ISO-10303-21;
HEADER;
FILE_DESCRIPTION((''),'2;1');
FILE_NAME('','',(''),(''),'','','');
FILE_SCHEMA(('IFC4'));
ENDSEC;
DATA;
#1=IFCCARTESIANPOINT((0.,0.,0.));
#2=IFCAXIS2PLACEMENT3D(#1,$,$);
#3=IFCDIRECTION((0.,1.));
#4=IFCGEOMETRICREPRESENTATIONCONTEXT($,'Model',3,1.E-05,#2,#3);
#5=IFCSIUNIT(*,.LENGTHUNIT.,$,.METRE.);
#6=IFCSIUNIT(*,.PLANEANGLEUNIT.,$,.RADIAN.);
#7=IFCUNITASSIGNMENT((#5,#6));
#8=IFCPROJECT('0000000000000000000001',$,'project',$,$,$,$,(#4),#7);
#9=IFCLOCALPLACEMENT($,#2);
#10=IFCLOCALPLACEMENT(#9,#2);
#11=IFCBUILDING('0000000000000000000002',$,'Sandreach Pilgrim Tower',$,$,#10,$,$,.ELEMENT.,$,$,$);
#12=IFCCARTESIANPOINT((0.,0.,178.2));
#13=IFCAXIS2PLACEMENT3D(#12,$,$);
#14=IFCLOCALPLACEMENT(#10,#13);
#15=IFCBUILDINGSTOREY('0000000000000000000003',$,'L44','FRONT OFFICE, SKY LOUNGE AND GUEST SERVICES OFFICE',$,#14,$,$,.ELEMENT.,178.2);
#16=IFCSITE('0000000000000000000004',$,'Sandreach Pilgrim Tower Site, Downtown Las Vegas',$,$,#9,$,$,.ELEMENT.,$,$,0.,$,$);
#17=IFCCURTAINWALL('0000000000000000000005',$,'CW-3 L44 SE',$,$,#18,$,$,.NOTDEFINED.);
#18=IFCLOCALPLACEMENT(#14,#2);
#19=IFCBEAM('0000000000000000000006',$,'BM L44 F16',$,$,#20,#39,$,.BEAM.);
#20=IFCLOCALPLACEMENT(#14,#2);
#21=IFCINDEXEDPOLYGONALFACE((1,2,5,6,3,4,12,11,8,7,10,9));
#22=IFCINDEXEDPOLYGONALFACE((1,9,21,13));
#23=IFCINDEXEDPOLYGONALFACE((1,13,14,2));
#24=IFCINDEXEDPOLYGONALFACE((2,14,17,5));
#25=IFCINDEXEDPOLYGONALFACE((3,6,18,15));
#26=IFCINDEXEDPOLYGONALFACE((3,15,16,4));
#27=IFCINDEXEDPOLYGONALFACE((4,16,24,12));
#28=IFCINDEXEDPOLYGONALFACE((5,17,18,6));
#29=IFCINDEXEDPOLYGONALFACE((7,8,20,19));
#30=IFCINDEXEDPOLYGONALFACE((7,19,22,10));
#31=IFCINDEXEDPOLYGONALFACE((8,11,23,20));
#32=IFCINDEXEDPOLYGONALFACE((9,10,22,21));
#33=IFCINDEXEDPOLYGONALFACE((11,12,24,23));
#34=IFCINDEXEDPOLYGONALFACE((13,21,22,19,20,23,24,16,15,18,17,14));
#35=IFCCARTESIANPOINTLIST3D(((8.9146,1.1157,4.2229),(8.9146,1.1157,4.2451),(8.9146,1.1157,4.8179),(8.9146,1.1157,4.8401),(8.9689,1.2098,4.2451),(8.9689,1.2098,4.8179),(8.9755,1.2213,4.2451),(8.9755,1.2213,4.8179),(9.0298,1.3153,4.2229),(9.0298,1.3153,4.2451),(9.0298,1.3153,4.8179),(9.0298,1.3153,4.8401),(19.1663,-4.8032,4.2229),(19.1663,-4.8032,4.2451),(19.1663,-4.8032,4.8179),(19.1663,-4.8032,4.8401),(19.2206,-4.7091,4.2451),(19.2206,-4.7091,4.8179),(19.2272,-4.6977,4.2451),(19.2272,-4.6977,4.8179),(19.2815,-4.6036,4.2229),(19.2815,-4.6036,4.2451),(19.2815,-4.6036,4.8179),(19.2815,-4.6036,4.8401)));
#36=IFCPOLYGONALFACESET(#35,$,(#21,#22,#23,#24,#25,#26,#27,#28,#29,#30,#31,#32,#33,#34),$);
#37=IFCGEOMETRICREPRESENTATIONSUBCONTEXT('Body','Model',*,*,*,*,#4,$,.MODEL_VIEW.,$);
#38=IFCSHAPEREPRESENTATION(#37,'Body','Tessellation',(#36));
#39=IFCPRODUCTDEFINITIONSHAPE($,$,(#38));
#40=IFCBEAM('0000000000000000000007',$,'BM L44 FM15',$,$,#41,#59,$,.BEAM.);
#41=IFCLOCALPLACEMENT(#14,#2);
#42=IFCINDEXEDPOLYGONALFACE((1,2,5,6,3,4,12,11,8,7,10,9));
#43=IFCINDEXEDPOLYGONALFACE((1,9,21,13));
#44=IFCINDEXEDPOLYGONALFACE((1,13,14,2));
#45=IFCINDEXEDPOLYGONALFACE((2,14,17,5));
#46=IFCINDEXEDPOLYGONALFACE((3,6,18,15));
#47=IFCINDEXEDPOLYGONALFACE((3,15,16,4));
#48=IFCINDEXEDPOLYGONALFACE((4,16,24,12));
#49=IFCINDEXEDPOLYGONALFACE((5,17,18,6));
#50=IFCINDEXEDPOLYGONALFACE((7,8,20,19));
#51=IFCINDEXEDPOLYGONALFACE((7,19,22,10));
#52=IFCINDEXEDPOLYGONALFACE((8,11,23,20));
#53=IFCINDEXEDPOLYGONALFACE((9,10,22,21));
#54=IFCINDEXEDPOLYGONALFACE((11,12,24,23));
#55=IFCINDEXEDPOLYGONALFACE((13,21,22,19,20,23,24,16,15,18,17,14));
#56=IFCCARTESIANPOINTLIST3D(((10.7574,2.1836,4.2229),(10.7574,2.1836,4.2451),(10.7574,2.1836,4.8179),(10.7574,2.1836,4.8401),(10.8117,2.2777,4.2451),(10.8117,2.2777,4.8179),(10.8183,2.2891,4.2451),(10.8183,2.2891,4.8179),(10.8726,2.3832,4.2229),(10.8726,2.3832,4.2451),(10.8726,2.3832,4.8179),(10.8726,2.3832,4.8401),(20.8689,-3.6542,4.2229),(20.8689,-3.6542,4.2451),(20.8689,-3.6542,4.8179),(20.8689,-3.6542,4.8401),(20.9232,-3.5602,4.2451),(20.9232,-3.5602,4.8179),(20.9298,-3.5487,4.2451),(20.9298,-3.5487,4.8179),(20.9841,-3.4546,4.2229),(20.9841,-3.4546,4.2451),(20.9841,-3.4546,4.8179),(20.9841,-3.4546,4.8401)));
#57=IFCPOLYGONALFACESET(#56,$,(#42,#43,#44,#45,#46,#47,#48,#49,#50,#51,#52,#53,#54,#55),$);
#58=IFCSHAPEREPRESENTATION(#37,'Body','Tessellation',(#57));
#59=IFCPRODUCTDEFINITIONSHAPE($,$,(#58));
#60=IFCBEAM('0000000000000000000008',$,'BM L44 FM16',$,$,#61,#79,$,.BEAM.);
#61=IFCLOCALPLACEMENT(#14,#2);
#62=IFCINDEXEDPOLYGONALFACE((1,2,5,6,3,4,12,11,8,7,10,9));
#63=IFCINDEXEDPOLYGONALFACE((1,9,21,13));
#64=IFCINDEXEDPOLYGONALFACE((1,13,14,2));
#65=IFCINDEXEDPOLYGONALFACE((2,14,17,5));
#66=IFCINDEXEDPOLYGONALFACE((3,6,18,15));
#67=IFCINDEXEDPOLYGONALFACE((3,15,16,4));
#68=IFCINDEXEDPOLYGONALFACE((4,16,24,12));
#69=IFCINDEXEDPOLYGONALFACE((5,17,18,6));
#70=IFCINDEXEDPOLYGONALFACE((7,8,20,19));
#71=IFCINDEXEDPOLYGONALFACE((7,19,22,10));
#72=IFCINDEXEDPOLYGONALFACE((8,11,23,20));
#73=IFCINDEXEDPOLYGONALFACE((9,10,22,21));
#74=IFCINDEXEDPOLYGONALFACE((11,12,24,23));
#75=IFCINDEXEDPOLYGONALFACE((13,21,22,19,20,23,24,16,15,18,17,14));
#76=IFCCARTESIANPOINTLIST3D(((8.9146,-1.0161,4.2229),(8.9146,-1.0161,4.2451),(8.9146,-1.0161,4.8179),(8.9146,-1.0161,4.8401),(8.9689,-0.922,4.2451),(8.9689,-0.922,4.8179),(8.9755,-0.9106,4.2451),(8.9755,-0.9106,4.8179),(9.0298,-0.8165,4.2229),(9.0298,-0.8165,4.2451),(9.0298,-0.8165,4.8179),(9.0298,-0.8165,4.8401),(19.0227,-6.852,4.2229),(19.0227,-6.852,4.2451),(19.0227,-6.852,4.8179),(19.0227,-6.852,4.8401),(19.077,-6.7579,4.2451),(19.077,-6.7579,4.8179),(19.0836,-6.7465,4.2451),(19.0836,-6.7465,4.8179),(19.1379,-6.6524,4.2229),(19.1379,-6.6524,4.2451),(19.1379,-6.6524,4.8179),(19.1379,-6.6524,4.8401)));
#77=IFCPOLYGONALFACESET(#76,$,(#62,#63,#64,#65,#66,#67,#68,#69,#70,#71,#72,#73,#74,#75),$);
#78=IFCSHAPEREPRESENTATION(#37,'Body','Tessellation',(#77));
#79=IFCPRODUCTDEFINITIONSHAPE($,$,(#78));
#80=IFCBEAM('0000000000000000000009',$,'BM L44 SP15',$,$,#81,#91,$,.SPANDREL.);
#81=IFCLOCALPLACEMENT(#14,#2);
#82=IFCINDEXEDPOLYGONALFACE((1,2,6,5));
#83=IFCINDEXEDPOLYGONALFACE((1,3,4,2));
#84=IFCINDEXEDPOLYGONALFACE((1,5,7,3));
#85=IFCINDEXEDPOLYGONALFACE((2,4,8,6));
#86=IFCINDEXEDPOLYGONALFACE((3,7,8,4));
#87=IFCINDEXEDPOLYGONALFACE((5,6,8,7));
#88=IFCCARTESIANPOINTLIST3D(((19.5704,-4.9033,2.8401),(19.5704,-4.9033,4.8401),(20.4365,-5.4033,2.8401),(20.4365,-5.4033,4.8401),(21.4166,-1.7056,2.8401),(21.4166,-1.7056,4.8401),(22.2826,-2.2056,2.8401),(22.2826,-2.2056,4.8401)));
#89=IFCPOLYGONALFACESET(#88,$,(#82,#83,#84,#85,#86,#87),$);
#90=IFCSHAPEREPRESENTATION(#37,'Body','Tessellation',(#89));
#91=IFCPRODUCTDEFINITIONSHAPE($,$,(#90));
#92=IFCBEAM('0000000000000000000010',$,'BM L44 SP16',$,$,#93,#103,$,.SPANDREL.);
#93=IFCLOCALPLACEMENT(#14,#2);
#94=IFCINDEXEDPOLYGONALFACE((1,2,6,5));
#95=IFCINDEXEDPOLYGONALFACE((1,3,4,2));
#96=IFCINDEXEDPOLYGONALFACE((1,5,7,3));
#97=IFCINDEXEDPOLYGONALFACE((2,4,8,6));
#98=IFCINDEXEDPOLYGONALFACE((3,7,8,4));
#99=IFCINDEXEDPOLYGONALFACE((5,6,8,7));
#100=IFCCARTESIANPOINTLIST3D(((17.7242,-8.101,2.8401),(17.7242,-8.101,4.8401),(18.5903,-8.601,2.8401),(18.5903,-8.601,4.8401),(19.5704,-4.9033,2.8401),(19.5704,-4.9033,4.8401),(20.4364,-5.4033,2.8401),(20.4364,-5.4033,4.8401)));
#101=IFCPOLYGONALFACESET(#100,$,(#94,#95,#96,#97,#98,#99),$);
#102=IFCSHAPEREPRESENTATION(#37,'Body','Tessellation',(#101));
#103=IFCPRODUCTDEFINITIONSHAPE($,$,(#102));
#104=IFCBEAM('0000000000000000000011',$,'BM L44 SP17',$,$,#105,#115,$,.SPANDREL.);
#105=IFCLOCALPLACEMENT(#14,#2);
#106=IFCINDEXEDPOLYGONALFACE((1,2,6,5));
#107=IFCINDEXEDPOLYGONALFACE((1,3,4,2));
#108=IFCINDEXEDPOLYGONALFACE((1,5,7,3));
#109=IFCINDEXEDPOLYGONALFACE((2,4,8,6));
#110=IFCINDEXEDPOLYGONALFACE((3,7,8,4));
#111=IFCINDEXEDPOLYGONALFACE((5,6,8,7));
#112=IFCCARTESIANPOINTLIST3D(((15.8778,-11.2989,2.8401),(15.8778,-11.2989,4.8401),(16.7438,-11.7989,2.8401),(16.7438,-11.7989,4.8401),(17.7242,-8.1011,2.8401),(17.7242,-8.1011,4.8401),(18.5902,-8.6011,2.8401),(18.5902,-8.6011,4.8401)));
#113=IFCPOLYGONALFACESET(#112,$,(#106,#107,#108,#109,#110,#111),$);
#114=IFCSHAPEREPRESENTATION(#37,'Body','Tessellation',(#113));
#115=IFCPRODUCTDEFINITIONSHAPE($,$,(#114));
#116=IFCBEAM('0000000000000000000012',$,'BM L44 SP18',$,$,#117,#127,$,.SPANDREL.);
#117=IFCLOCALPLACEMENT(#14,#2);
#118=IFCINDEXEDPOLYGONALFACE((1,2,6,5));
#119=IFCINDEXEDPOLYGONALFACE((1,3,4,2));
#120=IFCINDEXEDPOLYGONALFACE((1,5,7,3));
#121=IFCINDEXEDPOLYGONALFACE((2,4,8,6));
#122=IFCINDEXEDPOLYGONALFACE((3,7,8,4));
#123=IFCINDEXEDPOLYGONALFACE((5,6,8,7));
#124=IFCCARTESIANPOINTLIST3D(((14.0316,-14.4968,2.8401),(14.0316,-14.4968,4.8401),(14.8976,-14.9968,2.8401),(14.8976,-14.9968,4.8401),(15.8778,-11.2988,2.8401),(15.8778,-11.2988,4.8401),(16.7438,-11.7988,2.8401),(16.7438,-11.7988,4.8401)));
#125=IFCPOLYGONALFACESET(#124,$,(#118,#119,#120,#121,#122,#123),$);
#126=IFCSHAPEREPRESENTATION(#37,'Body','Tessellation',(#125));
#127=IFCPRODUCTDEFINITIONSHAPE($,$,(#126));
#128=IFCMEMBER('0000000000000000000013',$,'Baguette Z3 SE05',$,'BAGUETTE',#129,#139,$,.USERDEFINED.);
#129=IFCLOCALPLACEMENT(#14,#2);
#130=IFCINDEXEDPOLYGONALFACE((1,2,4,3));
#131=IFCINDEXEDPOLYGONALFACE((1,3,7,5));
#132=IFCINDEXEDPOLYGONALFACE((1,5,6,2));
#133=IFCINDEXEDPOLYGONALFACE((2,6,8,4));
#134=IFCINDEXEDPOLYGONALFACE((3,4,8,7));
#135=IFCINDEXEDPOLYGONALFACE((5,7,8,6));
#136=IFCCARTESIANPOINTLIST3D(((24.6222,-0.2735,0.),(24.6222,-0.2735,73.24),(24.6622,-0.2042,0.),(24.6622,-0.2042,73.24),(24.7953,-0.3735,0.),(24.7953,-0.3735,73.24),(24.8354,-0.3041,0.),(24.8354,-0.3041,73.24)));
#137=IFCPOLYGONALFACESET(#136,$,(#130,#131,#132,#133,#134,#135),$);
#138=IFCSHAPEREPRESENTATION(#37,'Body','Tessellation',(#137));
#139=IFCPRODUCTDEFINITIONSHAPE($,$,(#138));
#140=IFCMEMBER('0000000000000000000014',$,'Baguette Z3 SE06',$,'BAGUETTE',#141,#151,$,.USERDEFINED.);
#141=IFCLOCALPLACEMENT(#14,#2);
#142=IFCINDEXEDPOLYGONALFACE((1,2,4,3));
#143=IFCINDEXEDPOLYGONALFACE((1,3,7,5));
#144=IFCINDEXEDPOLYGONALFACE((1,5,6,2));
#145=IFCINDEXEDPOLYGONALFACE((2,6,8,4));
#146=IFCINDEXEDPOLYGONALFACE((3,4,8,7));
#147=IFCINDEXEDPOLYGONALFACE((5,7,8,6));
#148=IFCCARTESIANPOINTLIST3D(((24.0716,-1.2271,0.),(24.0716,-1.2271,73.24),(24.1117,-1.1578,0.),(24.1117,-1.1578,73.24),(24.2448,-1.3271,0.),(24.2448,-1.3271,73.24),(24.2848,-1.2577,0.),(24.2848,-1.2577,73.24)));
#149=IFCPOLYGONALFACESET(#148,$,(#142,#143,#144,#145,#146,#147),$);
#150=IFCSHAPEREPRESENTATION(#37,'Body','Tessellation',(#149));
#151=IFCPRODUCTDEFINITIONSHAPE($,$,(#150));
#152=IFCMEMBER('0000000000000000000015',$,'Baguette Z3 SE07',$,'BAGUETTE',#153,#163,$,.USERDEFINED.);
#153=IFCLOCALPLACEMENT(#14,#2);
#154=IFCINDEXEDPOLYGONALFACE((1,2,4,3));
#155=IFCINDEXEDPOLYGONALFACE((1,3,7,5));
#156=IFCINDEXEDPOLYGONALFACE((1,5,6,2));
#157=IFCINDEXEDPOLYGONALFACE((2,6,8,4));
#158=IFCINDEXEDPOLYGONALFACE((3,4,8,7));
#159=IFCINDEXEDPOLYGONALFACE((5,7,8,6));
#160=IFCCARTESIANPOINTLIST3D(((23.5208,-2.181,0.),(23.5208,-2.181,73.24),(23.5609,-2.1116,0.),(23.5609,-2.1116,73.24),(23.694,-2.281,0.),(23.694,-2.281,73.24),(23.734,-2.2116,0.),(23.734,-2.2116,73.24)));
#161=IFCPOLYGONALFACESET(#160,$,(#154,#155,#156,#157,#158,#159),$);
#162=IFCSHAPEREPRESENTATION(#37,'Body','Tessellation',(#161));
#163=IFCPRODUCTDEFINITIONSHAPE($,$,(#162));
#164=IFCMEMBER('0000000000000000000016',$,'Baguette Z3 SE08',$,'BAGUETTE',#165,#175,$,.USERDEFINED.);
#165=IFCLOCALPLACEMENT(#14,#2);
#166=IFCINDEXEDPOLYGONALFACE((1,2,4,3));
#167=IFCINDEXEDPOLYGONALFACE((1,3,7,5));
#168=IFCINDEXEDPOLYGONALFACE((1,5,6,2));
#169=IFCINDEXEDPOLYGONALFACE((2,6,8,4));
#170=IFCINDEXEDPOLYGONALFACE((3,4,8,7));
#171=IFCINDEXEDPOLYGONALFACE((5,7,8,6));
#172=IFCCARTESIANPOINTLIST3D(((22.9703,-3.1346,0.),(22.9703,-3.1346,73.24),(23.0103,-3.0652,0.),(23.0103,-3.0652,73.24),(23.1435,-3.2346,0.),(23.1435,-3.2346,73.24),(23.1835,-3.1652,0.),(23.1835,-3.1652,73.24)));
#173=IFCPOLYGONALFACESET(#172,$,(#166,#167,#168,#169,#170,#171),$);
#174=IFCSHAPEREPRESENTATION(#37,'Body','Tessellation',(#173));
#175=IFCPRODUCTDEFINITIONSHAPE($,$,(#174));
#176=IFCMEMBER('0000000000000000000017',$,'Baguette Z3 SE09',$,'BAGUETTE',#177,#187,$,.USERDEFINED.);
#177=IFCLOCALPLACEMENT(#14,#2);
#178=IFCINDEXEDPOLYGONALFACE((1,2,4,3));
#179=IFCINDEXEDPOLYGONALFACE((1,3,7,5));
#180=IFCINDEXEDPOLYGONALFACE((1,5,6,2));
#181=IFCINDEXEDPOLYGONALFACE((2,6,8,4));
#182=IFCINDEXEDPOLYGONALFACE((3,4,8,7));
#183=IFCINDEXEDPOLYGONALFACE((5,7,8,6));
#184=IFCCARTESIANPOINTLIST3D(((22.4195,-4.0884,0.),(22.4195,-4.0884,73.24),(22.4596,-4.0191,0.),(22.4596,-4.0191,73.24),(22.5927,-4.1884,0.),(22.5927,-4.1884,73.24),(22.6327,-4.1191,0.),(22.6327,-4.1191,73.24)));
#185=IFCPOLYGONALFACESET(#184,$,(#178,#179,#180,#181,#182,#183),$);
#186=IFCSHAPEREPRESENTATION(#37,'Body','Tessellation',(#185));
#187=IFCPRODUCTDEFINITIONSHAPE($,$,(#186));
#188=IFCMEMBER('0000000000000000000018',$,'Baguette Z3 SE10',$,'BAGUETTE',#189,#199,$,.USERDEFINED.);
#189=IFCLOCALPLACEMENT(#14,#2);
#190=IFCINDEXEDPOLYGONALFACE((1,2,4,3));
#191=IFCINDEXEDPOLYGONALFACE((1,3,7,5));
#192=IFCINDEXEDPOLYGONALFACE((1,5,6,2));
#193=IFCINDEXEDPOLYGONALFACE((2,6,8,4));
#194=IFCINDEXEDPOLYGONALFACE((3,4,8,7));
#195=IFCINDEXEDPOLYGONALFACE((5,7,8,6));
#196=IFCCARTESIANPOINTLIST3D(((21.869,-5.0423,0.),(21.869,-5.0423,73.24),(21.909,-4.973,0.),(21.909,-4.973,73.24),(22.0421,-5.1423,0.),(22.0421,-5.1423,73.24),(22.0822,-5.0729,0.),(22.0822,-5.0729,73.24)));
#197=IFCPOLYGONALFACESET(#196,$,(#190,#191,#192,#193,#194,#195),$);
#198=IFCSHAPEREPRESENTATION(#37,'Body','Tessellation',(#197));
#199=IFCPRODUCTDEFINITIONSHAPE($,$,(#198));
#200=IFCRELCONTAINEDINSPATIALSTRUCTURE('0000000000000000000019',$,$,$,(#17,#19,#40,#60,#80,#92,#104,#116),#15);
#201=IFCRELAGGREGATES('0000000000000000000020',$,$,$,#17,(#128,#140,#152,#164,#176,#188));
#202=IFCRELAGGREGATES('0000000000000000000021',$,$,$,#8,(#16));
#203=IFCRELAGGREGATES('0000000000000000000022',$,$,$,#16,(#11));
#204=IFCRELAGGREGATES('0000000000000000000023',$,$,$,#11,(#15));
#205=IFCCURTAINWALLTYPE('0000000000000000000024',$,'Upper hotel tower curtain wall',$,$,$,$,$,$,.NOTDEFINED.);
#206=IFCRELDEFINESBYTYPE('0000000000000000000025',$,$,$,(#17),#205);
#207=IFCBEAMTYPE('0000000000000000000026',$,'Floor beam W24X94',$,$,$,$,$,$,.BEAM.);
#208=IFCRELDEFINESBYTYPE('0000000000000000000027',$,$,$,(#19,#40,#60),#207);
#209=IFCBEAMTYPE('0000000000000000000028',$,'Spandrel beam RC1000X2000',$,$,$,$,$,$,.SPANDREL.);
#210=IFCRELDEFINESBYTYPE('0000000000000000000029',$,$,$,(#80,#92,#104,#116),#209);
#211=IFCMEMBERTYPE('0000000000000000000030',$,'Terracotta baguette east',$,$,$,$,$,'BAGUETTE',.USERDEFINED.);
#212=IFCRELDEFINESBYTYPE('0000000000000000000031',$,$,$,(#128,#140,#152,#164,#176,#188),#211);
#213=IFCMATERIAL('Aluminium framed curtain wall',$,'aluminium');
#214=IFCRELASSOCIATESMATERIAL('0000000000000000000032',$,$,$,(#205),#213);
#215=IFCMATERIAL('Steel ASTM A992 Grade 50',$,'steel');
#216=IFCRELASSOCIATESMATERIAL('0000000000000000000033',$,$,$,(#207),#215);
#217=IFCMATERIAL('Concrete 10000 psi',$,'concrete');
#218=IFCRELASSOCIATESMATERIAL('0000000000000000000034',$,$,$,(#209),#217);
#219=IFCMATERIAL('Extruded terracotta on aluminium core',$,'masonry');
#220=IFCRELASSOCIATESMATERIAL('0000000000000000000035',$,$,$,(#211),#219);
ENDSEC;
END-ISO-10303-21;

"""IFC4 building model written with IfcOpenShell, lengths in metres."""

from ifc_helpers import new_model, si_unit, direction, frame, origin, origin_2d, place, context, subcontext, project, spatial, rectangle, i_section, extrude, material, material_profile, profile_set, type_object, element, aggregate, save


model = new_model("IFC4")

# Units and contexts
model_context = context("Model", 3, precision=1e-05, world=origin(), true_north=direction((0.0, 1.0)))
body_context = subcontext(model_context, "Body", "Model", "MODEL_VIEW")
ifc_project = project(units=[si_unit("LENGTHUNIT", "METRE"), si_unit("PLANEANGLEUNIT", "RADIAN")], contexts=[model_context])

# Site, building, storey
site_placement = place(None, origin())
site = spatial("IfcSite", under=ifc_project, at=site_placement, Name="Sandreach Pilgrim Tower Site, Downtown Las Vegas", CompositionType="ELEMENT", RefElevation=0.0)
building_placement = place(site_placement, origin())
building = spatial("IfcBuilding", under=site, at=building_placement, Name="Sandreach Pilgrim Tower", CompositionType="ELEMENT")
storey_placement = place(building_placement, frame((0.0, 0.0, 178.2)))
storey = spatial("IfcBuildingStorey", under=building, at=storey_placement, Name="L44", Description="FRONT OFFICE, SKY LOUNGE AND GUEST SERVICES OFFICE", CompositionType="ELEMENT", Elevation=178.2)

# Curtain wall
ifc_material_1 = material(Name="Aluminium framed curtain wall", Category="aluminium")
curtain_wall_type = type_object("IfcCurtainWallType", Name="Upper hotel tower curtain wall", PredefinedType="NOTDEFINED", material=ifc_material_1)
curtain_wall_placement = place(storey_placement, origin())
curtain_wall = element("IfcCurtainWall", 1, at=curtain_wall_placement, inside=storey, type_object=curtain_wall_type, Name="CW-3 L44 SE", PredefinedType="NOTDEFINED")

# Beams
ifc_material_2 = material(Name="Steel ASTM A992 Grade 50", Category="steel")
ifc_material_profile_1 = material_profile(ifc_material_2, i_section(OverallWidth=0.2305, OverallDepth=0.6172, WebThickness=0.0132, FlangeThickness=0.0222, at=origin_2d()), Name="W24X94")
ifc_profile_set_1 = profile_set([ifc_material_profile_1], Name="Steel ASTM A992 Grade 50")
beam_type_1 = type_object("IfcBeamType", Name="Floor beam W24X94", PredefinedType="BEAM", material=ifc_profile_set_1)
beam_1_placement = place(storey_placement, frame((19.2239, -4.7034, 4.5315), z_axis=(-0.866021, 0.500007, 0.0), x_axis=(-0.500007, -0.866021, 0.0)))
element("IfcBeam", 2, at=beam_1_placement, inside=storey, type_object=beam_type_1, Name="BM L44 F16", PredefinedType="BEAM", context=body_context, shape_type="SweptSolid", body=[
    extrude(i_section(OverallWidth=0.2305, OverallDepth=0.6172, WebThickness=0.0132, FlangeThickness=0.0222, at=origin_2d()), origin(), (0.0, 0.0, 1.0), 11.8376),
])
beam_2_placement = place(storey_placement, frame((20.9265, -3.5544, 4.5315), z_axis=(-0.866026, 0.499998, 0.0), x_axis=(-0.499998, -0.866026, 0.0)))
element("IfcBeam", 3, at=beam_2_placement, inside=storey, type_object=beam_type_1, Name="BM L44 FM15", PredefinedType="BEAM", context=body_context, shape_type="SweptSolid", body=[
    extrude(i_section(OverallWidth=0.2305, OverallDepth=0.6172, WebThickness=0.0132, FlangeThickness=0.0222, at=origin_2d()), origin(), (0.0, 0.0, 1.0), 11.6758),
])
beam_3_placement = place(storey_placement, frame((19.0803, -6.7522, 4.5315), z_axis=(-0.866026, 0.499999, 0.0), x_axis=(-0.499999, -0.866026, 0.0)))
element("IfcBeam", 4, at=beam_3_placement, inside=storey, type_object=beam_type_1, Name="BM L44 FM16", PredefinedType="BEAM", context=body_context, shape_type="SweptSolid", body=[
    extrude(i_section(OverallWidth=0.2305, OverallDepth=0.6172, WebThickness=0.0132, FlangeThickness=0.0222, at=origin_2d()), origin(), (0.0, 0.0, 1.0), 11.6719),
])
ifc_material_3 = material(Name="Concrete 10000 psi", Category="concrete")
ifc_material_profile_2 = material_profile(ifc_material_3, rectangle(XDim=1.0, YDim=2.0, at=origin_2d()), Name="RC1000X2000")
ifc_profile_set_2 = profile_set([ifc_material_profile_2], Name="Concrete 10000 psi")
beam_type_2 = type_object("IfcBeamType", Name="Spandrel beam RC1000X2000", PredefinedType="SPANDREL", material=ifc_profile_set_2)
for number, where, z_axis, x_axis, name in (
    (5, (21.8496, -1.9556, 3.8401), (-0.499993, -0.866029, 0.0), (0.866029, -0.499993, 0.0), "BM L44 SP15"),
    (6, (20.0034, -5.1533, 3.8401), (-0.499993, -0.866029, 0.0), (0.866029, -0.499993, 0.0), "BM L44 SP16"),
):
    element("IfcBeam", number, at=place(storey_placement, frame(where, z_axis=z_axis, x_axis=x_axis)), inside=storey, type_object=beam_type_2, Name=name, PredefinedType="SPANDREL", context=body_context, shape_type="SweptSolid", body=[
        extrude(rectangle(XDim=1.0, YDim=2.0, at=origin_2d()), origin(), (0.0, 0.0, 1.0), 3.6924),
    ])
for number, where, z_axis, x_axis, name in (
    (7, (18.1572, -8.3511, 3.8401), (-0.500043, -0.866001, 0.0), (0.866001, -0.500043, 0.0), "BM L44 SP17"),
    (8, (16.3108, -11.5488, 3.8401), (-0.499965, -0.866046, 0.0), (0.866046, -0.499965, 0.0), "BM L44 SP18"),
):
    element("IfcBeam", number, at=place(storey_placement, frame(where, z_axis=z_axis, x_axis=x_axis)), inside=storey, type_object=beam_type_2, Name=name, PredefinedType="SPANDREL", context=body_context, shape_type="SweptSolid", body=[
        extrude(rectangle(XDim=1.0, YDim=2.0, at=origin_2d()), origin(), (0.0, 0.0, 1.0), 3.6926),
    ])

# Members
ifc_material_4 = material(Name="Extruded terracotta on aluminium core", Category="masonry")
ifc_material_profile_3 = material_profile(ifc_material_4, rectangle(XDim=0.0801, YDim=0.2, at=origin_2d()), Name="TBE 80X200")
ifc_profile_set_3 = profile_set([ifc_material_profile_3], Name="Extruded terracotta on aluminium core")
member_type_1 = type_object("IfcMemberType", Name="Terracotta baguette east", ElementType="BAGUETTE", PredefinedType="USERDEFINED", material=ifc_profile_set_3)
member_1_placement = place(storey_placement, frame((24.7288, -0.2888, 0.0), z_axis=(0.0, 0.0, 1.0), x_axis=(-0.5, -0.866025, 0.0)))
member_1 = element("IfcMember", 9, at=member_1_placement, type_object=member_type_1, Name="Baguette Z3 SE05", ObjectType="BAGUETTE", PredefinedType="USERDEFINED", context=body_context, shape_type="SweptSolid", body=[
    extrude(rectangle(XDim=0.0801, YDim=0.2, at=origin_2d()), origin(), (0.0, 0.0, 1.0), 73.24),
])
member_2_placement = place(storey_placement, frame((24.1782, -1.2424, 0.0), z_axis=(0.0, 0.0, 1.0), x_axis=(-0.5, -0.866025, 0.0)))
member_2 = element("IfcMember", 10, at=member_2_placement, type_object=member_type_1, Name="Baguette Z3 SE06", ObjectType="BAGUETTE", PredefinedType="USERDEFINED", context=body_context, shape_type="SweptSolid", body=[
    extrude(rectangle(XDim=0.0801, YDim=0.2, at=origin_2d()), origin(), (0.0, 0.0, 1.0), 73.24),
])
member_3_placement = place(storey_placement, frame((23.6274, -2.1963, 0.0), z_axis=(0.0, 0.0, 1.0), x_axis=(-0.5, -0.866025, 0.0)))
member_3 = element("IfcMember", 11, at=member_3_placement, type_object=member_type_1, Name="Baguette Z3 SE07", ObjectType="BAGUETTE", PredefinedType="USERDEFINED", context=body_context, shape_type="SweptSolid", body=[
    extrude(rectangle(XDim=0.0801, YDim=0.2, at=origin_2d()), origin(), (0.0, 0.0, 1.0), 73.24),
])
member_4_placement = place(storey_placement, frame((23.0769, -3.1499, 0.0), z_axis=(0.0, 0.0, 1.0), x_axis=(-0.5, -0.866025, 0.0)))
member_4 = element("IfcMember", 12, at=member_4_placement, type_object=member_type_1, Name="Baguette Z3 SE08", ObjectType="BAGUETTE", PredefinedType="USERDEFINED", context=body_context, shape_type="SweptSolid", body=[
    extrude(rectangle(XDim=0.0801, YDim=0.2, at=origin_2d()), origin(), (0.0, 0.0, 1.0), 73.24),
])
member_5_placement = place(storey_placement, frame((22.5261, -4.1038, 0.0), z_axis=(0.0, 0.0, 1.0), x_axis=(-0.5, -0.866025, 0.0)))
member_5 = element("IfcMember", 13, at=member_5_placement, type_object=member_type_1, Name="Baguette Z3 SE09", ObjectType="BAGUETTE", PredefinedType="USERDEFINED", context=body_context, shape_type="SweptSolid", body=[
    extrude(rectangle(XDim=0.0801, YDim=0.2, at=origin_2d()), origin(), (0.0, 0.0, 1.0), 73.24),
])
member_6_placement = place(storey_placement, frame((21.9756, -5.0576, 0.0), z_axis=(0.0, 0.0, 1.0), x_axis=(-0.5, -0.866025, 0.0)))
member_6 = element("IfcMember", 14, at=member_6_placement, type_object=member_type_1, Name="Baguette Z3 SE10", ObjectType="BAGUETTE", PredefinedType="USERDEFINED", context=body_context, shape_type="SweptSolid", body=[
    extrude(rectangle(XDim=0.0801, YDim=0.2, at=origin_2d()), origin(), (0.0, 0.0, 1.0), 73.24),
])

aggregate(curtain_wall, [member_1, member_2, member_3, member_4, member_5, member_6])

save(model, "model.ifc")
